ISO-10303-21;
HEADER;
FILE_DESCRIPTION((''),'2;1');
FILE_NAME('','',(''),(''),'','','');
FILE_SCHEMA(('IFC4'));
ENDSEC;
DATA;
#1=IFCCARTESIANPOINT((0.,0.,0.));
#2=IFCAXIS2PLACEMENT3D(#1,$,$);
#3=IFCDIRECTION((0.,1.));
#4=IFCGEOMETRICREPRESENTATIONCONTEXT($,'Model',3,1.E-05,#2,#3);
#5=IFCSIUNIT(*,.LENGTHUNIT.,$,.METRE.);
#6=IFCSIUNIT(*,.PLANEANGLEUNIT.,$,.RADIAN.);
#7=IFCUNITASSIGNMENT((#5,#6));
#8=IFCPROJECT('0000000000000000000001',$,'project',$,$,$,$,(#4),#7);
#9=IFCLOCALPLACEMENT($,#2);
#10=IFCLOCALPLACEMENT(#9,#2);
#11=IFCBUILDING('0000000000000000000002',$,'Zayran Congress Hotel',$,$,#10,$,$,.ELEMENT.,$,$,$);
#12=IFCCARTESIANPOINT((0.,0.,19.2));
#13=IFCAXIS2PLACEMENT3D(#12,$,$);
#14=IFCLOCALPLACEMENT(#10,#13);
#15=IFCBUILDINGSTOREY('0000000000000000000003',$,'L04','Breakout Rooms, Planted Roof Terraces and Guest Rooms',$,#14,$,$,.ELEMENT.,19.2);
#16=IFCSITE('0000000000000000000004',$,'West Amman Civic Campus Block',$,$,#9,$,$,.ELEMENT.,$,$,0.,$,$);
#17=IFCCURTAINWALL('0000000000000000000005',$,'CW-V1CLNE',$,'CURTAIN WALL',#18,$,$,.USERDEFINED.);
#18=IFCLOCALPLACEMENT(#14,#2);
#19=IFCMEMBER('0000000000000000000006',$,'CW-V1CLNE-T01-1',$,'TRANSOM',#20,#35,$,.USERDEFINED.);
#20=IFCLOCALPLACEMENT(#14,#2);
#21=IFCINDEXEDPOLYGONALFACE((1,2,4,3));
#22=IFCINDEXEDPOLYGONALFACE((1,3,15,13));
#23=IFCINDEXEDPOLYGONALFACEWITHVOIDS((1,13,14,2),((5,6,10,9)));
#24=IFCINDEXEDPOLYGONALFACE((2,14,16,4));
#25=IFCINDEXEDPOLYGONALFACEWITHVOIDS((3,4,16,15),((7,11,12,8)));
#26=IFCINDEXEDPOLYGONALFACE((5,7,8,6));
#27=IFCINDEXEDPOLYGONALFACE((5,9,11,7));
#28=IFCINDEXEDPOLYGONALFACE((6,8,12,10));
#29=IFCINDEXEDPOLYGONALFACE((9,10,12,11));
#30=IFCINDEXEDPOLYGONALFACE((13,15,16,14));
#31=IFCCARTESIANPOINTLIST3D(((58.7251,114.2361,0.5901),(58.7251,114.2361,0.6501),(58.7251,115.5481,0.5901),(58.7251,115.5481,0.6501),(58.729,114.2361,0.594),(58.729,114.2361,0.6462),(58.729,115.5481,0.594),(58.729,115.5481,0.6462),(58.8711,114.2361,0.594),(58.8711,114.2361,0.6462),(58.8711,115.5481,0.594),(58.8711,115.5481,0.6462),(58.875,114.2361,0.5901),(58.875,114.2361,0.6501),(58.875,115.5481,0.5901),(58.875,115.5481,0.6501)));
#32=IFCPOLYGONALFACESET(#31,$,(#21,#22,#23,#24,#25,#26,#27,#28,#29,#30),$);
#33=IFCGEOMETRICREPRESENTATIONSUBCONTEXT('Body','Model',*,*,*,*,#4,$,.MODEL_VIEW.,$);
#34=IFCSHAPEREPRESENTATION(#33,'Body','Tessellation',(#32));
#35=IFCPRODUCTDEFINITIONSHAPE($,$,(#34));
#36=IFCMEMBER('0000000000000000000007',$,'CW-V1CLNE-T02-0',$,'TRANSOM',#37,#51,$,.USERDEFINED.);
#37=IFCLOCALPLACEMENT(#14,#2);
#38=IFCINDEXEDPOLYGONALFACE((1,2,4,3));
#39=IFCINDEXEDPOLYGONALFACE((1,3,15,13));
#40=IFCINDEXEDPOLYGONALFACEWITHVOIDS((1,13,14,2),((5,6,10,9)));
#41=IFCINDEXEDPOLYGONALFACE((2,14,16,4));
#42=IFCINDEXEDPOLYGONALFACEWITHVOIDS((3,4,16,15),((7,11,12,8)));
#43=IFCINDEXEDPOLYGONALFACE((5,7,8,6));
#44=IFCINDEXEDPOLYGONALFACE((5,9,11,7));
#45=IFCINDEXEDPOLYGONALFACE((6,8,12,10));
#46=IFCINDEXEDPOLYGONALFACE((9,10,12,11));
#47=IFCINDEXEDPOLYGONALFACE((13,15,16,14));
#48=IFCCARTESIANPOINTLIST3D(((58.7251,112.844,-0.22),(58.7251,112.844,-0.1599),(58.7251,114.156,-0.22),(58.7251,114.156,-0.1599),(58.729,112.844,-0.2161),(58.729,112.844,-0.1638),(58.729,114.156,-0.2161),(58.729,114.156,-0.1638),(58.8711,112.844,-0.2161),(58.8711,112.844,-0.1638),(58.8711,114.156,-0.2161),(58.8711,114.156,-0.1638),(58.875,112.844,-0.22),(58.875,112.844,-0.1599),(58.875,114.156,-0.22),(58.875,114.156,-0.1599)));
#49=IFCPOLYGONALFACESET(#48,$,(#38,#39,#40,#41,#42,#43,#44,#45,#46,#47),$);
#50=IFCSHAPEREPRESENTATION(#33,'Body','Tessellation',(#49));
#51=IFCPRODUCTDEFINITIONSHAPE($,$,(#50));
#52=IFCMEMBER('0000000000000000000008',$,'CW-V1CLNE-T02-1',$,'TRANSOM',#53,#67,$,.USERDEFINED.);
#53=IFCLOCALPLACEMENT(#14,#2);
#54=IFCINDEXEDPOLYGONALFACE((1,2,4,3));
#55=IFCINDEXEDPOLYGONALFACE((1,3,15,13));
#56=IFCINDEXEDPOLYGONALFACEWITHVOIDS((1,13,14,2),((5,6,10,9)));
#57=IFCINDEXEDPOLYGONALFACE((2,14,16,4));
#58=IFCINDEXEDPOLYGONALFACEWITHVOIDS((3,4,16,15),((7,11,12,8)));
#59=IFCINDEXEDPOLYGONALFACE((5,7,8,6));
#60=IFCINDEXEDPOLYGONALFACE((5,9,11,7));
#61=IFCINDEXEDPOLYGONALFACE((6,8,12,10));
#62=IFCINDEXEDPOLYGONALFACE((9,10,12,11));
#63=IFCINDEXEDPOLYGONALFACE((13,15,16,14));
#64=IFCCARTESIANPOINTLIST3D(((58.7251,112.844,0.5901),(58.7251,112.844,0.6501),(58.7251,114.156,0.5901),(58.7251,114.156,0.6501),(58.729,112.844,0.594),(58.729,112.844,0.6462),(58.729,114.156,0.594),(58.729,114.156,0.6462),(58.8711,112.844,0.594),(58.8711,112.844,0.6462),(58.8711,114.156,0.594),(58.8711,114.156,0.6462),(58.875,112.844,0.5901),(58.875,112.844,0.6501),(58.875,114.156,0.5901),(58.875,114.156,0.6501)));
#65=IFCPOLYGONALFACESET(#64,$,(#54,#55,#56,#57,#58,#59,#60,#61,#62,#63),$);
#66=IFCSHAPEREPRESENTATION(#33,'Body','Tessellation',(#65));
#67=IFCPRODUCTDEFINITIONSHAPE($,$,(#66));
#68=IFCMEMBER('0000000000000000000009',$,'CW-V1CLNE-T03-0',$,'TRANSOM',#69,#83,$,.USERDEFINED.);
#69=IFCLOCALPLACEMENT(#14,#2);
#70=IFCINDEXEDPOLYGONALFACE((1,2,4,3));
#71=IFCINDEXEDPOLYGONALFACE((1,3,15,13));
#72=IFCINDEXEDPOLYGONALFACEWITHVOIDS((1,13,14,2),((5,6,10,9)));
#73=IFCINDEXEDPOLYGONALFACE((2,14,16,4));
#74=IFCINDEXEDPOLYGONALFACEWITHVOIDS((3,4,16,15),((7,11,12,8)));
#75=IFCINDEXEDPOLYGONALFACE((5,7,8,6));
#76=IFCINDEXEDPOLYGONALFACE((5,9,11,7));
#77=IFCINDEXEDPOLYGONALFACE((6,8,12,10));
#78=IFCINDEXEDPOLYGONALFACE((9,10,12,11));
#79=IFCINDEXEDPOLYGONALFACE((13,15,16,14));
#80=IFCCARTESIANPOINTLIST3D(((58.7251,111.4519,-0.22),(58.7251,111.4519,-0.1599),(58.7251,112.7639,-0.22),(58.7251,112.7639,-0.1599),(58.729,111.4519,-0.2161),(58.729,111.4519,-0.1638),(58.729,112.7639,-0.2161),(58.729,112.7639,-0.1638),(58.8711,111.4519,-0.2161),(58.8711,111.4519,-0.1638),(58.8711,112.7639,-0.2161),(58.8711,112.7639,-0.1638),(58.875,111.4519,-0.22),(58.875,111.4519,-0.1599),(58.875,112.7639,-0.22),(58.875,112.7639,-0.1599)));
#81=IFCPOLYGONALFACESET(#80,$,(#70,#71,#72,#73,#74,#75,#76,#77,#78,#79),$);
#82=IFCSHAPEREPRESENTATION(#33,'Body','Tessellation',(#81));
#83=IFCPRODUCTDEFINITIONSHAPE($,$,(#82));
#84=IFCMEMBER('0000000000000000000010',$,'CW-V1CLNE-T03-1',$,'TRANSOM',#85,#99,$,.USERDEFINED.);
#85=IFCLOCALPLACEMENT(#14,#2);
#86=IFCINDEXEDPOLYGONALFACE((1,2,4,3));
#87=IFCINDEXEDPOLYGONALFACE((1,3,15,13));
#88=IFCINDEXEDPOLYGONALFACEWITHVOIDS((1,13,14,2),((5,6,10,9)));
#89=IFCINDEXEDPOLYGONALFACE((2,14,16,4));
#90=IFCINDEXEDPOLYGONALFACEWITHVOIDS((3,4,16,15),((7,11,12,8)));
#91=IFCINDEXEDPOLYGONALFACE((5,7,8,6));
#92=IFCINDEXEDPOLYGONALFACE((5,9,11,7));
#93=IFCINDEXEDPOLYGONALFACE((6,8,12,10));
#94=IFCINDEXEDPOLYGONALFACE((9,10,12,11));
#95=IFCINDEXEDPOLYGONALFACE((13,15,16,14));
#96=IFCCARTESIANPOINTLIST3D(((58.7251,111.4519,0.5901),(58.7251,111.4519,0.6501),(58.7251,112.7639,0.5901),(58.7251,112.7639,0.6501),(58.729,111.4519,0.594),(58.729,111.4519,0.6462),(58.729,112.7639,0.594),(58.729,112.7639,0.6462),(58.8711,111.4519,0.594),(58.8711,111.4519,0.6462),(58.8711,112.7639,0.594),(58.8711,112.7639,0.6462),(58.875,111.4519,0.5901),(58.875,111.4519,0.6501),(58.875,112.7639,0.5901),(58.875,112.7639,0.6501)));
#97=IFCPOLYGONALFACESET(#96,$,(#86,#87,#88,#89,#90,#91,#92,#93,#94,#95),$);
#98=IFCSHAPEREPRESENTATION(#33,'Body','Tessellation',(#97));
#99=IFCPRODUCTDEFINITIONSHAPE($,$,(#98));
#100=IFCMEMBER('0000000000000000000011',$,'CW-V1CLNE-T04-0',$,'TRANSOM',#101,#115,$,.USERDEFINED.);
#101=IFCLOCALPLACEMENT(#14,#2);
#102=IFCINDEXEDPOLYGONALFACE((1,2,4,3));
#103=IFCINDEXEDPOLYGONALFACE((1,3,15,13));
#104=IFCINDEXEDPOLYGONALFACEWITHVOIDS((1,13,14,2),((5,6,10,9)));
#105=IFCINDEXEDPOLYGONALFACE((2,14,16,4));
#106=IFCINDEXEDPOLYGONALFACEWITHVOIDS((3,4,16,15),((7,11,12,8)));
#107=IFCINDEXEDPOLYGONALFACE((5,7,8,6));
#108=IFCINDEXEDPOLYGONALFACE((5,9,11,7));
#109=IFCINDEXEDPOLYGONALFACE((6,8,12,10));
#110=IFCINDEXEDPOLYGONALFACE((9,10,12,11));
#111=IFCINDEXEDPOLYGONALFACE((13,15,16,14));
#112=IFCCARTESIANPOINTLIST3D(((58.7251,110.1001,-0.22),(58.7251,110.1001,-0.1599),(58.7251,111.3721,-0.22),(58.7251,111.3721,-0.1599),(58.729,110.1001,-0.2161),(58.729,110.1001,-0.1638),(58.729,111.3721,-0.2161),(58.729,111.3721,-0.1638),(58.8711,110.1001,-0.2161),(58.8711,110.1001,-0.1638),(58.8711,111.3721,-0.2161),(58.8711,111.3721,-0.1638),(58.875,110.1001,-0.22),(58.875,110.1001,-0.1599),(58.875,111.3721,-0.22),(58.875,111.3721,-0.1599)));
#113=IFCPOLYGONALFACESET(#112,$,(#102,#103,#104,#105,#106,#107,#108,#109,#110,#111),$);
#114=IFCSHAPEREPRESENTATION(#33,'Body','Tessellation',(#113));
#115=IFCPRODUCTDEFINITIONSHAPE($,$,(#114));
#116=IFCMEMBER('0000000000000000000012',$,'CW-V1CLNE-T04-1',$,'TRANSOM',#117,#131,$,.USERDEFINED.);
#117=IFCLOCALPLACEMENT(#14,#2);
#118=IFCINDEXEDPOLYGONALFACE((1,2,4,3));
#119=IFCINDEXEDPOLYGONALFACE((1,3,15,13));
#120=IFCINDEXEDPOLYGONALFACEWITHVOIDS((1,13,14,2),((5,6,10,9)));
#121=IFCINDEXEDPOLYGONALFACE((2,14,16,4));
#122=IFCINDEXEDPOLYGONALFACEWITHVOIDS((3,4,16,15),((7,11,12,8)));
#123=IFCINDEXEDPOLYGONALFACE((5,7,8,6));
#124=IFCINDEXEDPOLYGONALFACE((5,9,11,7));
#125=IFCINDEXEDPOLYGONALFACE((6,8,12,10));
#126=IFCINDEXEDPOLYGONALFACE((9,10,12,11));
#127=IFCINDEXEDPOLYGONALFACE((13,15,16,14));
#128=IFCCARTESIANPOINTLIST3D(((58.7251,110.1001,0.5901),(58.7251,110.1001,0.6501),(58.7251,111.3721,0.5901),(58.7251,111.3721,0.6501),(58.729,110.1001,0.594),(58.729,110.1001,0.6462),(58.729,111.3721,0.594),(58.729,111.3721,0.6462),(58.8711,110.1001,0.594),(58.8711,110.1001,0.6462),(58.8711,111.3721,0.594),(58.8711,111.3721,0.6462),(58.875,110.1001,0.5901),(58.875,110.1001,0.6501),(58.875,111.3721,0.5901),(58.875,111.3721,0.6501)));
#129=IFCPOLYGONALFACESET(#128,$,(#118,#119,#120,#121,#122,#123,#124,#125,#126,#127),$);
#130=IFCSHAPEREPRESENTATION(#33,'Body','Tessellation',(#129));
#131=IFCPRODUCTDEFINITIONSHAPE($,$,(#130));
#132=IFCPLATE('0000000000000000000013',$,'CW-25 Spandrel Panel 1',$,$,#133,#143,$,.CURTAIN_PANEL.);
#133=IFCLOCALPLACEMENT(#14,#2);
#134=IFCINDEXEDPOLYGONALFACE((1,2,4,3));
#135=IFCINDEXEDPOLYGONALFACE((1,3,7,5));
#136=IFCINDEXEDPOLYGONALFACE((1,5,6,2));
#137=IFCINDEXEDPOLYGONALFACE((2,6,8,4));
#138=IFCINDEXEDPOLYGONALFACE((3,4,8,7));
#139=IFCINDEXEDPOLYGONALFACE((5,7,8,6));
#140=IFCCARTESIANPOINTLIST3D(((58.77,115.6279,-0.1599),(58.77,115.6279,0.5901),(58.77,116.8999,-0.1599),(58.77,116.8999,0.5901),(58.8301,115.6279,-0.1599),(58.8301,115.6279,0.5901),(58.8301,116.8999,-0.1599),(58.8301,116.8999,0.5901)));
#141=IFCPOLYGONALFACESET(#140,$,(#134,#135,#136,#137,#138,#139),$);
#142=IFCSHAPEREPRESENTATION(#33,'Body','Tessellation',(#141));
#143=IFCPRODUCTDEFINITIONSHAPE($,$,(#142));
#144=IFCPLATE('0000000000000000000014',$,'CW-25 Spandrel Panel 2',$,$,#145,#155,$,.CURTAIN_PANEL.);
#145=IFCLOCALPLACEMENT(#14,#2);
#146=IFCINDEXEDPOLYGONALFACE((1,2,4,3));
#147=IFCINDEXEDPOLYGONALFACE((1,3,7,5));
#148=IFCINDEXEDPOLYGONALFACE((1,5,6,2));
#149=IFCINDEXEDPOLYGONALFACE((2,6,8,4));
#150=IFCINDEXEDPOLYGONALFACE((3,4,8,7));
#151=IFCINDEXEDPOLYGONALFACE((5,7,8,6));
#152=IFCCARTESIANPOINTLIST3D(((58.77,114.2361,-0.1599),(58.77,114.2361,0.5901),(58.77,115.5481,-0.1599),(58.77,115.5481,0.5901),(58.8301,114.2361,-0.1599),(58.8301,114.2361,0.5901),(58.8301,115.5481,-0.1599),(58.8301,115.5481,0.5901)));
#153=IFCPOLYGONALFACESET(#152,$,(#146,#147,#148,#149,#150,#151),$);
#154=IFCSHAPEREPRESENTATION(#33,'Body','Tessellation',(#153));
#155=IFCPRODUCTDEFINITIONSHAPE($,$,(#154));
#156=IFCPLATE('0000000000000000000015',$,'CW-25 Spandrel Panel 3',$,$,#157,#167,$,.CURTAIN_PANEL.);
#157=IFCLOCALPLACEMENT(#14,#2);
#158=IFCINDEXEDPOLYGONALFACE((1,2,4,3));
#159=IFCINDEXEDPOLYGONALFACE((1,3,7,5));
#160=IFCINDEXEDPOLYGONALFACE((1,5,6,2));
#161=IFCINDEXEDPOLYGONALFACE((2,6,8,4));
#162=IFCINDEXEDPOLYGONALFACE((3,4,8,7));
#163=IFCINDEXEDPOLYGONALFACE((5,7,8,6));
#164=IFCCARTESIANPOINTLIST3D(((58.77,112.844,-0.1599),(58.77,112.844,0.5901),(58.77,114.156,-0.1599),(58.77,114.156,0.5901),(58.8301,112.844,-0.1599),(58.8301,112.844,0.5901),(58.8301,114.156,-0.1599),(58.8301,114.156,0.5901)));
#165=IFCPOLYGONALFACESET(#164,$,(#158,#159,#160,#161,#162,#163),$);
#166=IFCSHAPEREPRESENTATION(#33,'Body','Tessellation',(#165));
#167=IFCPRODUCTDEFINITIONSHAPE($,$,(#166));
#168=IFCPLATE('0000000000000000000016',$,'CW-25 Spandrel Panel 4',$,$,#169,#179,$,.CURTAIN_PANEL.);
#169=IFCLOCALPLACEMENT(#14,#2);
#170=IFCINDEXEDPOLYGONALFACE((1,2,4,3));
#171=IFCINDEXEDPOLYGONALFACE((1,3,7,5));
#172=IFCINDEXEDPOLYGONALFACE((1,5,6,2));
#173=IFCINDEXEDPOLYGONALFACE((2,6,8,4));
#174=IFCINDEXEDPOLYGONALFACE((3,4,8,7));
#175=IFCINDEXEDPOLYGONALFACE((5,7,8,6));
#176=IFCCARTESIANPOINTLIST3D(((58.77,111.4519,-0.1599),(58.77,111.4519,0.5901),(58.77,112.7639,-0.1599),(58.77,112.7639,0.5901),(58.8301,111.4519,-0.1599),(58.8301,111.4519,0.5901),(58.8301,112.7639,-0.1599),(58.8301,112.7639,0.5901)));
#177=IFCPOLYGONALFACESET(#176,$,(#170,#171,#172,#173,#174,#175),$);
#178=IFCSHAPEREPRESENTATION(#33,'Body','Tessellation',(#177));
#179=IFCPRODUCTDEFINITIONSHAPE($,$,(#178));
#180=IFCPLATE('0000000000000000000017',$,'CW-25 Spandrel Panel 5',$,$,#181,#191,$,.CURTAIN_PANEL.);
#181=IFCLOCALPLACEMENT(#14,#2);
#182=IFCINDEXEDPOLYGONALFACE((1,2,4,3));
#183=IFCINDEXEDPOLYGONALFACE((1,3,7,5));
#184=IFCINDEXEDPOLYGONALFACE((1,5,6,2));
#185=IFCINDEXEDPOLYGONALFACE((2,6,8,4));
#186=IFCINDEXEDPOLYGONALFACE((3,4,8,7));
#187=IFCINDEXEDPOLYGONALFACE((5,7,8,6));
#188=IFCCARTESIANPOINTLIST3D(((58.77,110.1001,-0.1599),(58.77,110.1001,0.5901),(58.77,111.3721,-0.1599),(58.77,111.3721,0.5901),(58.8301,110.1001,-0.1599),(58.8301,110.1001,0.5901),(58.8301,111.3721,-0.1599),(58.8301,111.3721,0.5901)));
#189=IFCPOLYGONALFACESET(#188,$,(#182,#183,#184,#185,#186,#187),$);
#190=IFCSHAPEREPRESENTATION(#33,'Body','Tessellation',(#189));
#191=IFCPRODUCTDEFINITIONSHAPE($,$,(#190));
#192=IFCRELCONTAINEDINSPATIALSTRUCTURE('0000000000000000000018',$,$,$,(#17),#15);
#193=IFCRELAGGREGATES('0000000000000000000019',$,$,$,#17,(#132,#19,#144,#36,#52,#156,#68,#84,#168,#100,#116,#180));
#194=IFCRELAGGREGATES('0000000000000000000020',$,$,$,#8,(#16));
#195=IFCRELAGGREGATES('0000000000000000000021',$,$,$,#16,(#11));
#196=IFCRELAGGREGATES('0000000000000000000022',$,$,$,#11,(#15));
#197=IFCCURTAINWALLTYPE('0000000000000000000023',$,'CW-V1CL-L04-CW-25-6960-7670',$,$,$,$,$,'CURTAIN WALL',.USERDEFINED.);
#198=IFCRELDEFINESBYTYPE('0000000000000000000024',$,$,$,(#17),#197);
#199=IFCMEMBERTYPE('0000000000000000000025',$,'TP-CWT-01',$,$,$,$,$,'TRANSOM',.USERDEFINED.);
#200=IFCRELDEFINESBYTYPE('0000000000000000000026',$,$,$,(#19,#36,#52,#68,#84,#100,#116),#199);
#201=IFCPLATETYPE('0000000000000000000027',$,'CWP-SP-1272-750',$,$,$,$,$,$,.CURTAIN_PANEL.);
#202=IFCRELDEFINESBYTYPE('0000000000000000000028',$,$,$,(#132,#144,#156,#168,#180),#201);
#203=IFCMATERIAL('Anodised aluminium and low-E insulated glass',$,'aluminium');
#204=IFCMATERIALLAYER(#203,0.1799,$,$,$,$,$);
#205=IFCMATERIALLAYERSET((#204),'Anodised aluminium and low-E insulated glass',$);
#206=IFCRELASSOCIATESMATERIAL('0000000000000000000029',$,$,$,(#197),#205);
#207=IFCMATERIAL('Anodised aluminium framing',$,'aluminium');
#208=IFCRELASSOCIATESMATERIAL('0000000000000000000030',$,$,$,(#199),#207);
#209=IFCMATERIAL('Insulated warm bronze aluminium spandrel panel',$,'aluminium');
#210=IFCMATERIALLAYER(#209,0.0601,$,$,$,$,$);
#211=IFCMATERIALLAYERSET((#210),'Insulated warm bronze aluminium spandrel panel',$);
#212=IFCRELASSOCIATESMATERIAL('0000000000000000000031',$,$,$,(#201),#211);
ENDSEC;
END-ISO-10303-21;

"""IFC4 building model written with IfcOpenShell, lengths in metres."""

from ifc_helpers import new_model, si_unit, direction, frame, origin, origin_2d, place, context, subcontext, project, spatial, rectangle, hollow_rectangle, extrude, material, layer, layer_set, material_profile, profile_set, type_object, element, aggregate, save


model = new_model("IFC4")

# Units and contexts
model_context = context("Model", 3, precision=1e-05, world=origin(), true_north=direction((0.0, 1.0)))
body_context = subcontext(model_context, "Body", "Model", "MODEL_VIEW")
ifc_project = project(units=[si_unit("LENGTHUNIT", "METRE"), si_unit("PLANEANGLEUNIT", "RADIAN")], contexts=[model_context])

# Site, building, storey
site_placement = place(None, origin())
site = spatial("IfcSite", under=ifc_project, at=site_placement, Name="West Amman Civic Campus Block", CompositionType="ELEMENT", RefElevation=0.0)
building_placement = place(site_placement, origin())
building = spatial("IfcBuilding", under=site, at=building_placement, Name="Zayran Congress Hotel", CompositionType="ELEMENT")
storey_placement = place(building_placement, frame((0.0, 0.0, 19.2)))
storey = spatial("IfcBuildingStorey", under=building, at=storey_placement, Name="L04", Description="Breakout Rooms, Planted Roof Terraces and Guest Rooms", CompositionType="ELEMENT", Elevation=19.2)

# Curtain wall, members, plates
ifc_material_1 = material(Name="Anodised aluminium and low-E insulated glass", Category="aluminium")
ifc_layer_1 = layer(ifc_material_1, 0.1799)
ifc_layer_set_1 = layer_set([ifc_layer_1], Name="Anodised aluminium and low-E insulated glass")
curtain_wall_type = type_object("IfcCurtainWallType", Name="CW-V1CL-L04-CW-25-6960-7670", ElementType="CURTAIN WALL", PredefinedType="USERDEFINED", material=ifc_layer_set_1)
curtain_wall_placement = place(storey_placement, origin())
curtain_wall = element("IfcCurtainWall", 1, at=curtain_wall_placement, inside=storey, type_object=curtain_wall_type, Name="CW-V1CLNE", ObjectType="CURTAIN WALL", PredefinedType="USERDEFINED")
ifc_material_2 = material(Name="Anodised aluminium framing", Category="aluminium")
ifc_material_profile_1 = material_profile(ifc_material_2, hollow_rectangle(XDim=0.0601, YDim=0.1499, WallThickness=0.0039, at=origin_2d()), Name="RHS 150x60x4")
ifc_profile_set_1 = profile_set([ifc_material_profile_1], Name="Anodised aluminium framing")
member_type_1 = type_object("IfcMemberType", Name="TP-CWT-01", ElementType="TRANSOM", PredefinedType="USERDEFINED", material=ifc_profile_set_1)
member_1_placement = place(storey_placement, frame((58.8, 115.5481, 0.6201), z_axis=(0.0, -1.0, 0.0), x_axis=(0.0, 0.0, 1.0)))
member_1 = element("IfcMember", 2, at=member_1_placement, type_object=member_type_1, Name="CW-V1CLNE-T01-1", ObjectType="TRANSOM", PredefinedType="USERDEFINED", context=body_context, shape_type="SweptSolid", body=[
    extrude(hollow_rectangle(XDim=0.0601, YDim=0.1499, WallThickness=0.0039, at=origin_2d()), origin(), (0.0, 0.0, 1.0), 1.312),
])
member_2_placement = place(storey_placement, frame((58.8, 114.156, -0.1899), z_axis=(0.0, -1.0, 0.0), x_axis=(0.0, 0.0, 1.0)))
member_2 = element("IfcMember", 3, at=member_2_placement, type_object=member_type_1, Name="CW-V1CLNE-T02-0", ObjectType="TRANSOM", PredefinedType="USERDEFINED", context=body_context, shape_type="SweptSolid", body=[
    extrude(hollow_rectangle(XDim=0.0601, YDim=0.1499, WallThickness=0.0039, at=origin_2d()), origin(), (0.0, 0.0, 1.0), 1.312),
])
member_3_placement = place(storey_placement, frame((58.8, 114.156, 0.6201), z_axis=(0.0, -1.0, 0.0), x_axis=(0.0, 0.0, 1.0)))
member_3 = element("IfcMember", 4, at=member_3_placement, type_object=member_type_1, Name="CW-V1CLNE-T02-1", ObjectType="TRANSOM", PredefinedType="USERDEFINED", context=body_context, shape_type="SweptSolid", body=[
    extrude(hollow_rectangle(XDim=0.0601, YDim=0.1499, WallThickness=0.0039, at=origin_2d()), origin(), (0.0, 0.0, 1.0), 1.312),
])
member_4_placement = place(storey_placement, frame((58.8, 112.7639, -0.1899), z_axis=(0.0, -1.0, 0.0), x_axis=(0.0, 0.0, 1.0)))
member_4 = element("IfcMember", 5, at=member_4_placement, type_object=member_type_1, Name="CW-V1CLNE-T03-0", ObjectType="TRANSOM", PredefinedType="USERDEFINED", context=body_context, shape_type="SweptSolid", body=[
    extrude(hollow_rectangle(XDim=0.0601, YDim=0.1499, WallThickness=0.0039, at=origin_2d()), origin(), (0.0, 0.0, 1.0), 1.312),
])
member_5_placement = place(storey_placement, frame((58.8, 112.7639, 0.6201), z_axis=(0.0, -1.0, 0.0), x_axis=(0.0, 0.0, 1.0)))
member_5 = element("IfcMember", 6, at=member_5_placement, type_object=member_type_1, Name="CW-V1CLNE-T03-1", ObjectType="TRANSOM", PredefinedType="USERDEFINED", context=body_context, shape_type="SweptSolid", body=[
    extrude(hollow_rectangle(XDim=0.0601, YDim=0.1499, WallThickness=0.0039, at=origin_2d()), origin(), (0.0, 0.0, 1.0), 1.312),
])
member_6_placement = place(storey_placement, frame((58.8, 111.3721, -0.1899), z_axis=(0.0, -1.0, 0.0), x_axis=(0.0, 0.0, 1.0)))
member_6 = element("IfcMember", 7, at=member_6_placement, type_object=member_type_1, Name="CW-V1CLNE-T04-0", ObjectType="TRANSOM", PredefinedType="USERDEFINED", context=body_context, shape_type="SweptSolid", body=[
    extrude(hollow_rectangle(XDim=0.0601, YDim=0.1499, WallThickness=0.0039, at=origin_2d()), origin(), (0.0, 0.0, 1.0), 1.272),
])
member_7_placement = place(storey_placement, frame((58.8, 111.3721, 0.6201), z_axis=(0.0, -1.0, 0.0), x_axis=(0.0, 0.0, 1.0)))
member_7 = element("IfcMember", 8, at=member_7_placement, type_object=member_type_1, Name="CW-V1CLNE-T04-1", ObjectType="TRANSOM", PredefinedType="USERDEFINED", context=body_context, shape_type="SweptSolid", body=[
    extrude(hollow_rectangle(XDim=0.0601, YDim=0.1499, WallThickness=0.0039, at=origin_2d()), origin(), (0.0, 0.0, 1.0), 1.272),
])
ifc_material_3 = material(Name="Insulated warm bronze aluminium spandrel panel", Category="aluminium")
ifc_layer_2 = layer(ifc_material_3, 0.0601)
ifc_layer_set_2 = layer_set([ifc_layer_2], Name="Insulated warm bronze aluminium spandrel panel")
plate_type_1 = type_object("IfcPlateType", Name="CWP-SP-1272-750", PredefinedType="CURTAIN_PANEL", material=ifc_layer_set_2)
plate_1_placement = place(storey_placement, frame((58.8, 116.2639, -0.1599), z_axis=(0.0, 0.0, 1.0), x_axis=(0.0, 1.0, 0.0)))
plate_1 = element("IfcPlate", 9, at=plate_1_placement, type_object=plate_type_1, Name="CW-25 Spandrel Panel 1", PredefinedType="CURTAIN_PANEL", context=body_context, shape_type="SweptSolid", body=[
    extrude(rectangle(XDim=1.272, YDim=0.0601, at=origin_2d()), origin(), (0.0, 0.0, 1.0), 0.75),
])
plate_2_placement = place(storey_placement, frame((58.8, 114.8921, -0.1599), z_axis=(0.0, 0.0, 1.0), x_axis=(0.0, 1.0, 0.0)))
plate_2 = element("IfcPlate", 10, at=plate_2_placement, type_object=plate_type_1, Name="CW-25 Spandrel Panel 2", PredefinedType="CURTAIN_PANEL", context=body_context, shape_type="SweptSolid", body=[
    extrude(rectangle(XDim=1.312, YDim=0.0601, at=origin_2d()), origin(), (0.0, 0.0, 1.0), 0.75),
])
plate_3_placement = place(storey_placement, frame((58.8, 113.5, -0.1599), z_axis=(0.0, 0.0, 1.0), x_axis=(0.0, 1.0, 0.0)))
plate_3 = element("IfcPlate", 11, at=plate_3_placement, type_object=plate_type_1, Name="CW-25 Spandrel Panel 3", PredefinedType="CURTAIN_PANEL", context=body_context, shape_type="SweptSolid", body=[
    extrude(rectangle(XDim=1.312, YDim=0.0601, at=origin_2d()), origin(), (0.0, 0.0, 1.0), 0.75),
])
plate_4_placement = place(storey_placement, frame((58.8, 112.1079, -0.1599), z_axis=(0.0, 0.0, 1.0), x_axis=(0.0, 1.0, 0.0)))
plate_4 = element("IfcPlate", 12, at=plate_4_placement, type_object=plate_type_1, Name="CW-25 Spandrel Panel 4", PredefinedType="CURTAIN_PANEL", context=body_context, shape_type="SweptSolid", body=[
    extrude(rectangle(XDim=1.312, YDim=0.0601, at=origin_2d()), origin(), (0.0, 0.0, 1.0), 0.75),
])
plate_5_placement = place(storey_placement, frame((58.8, 110.7361, -0.1599), z_axis=(0.0, 0.0, 1.0), x_axis=(0.0, 1.0, 0.0)))
plate_5 = element("IfcPlate", 13, at=plate_5_placement, type_object=plate_type_1, Name="CW-25 Spandrel Panel 5", PredefinedType="CURTAIN_PANEL", context=body_context, shape_type="SweptSolid", body=[
    extrude(rectangle(XDim=1.272, YDim=0.0601, at=origin_2d()), origin(), (0.0, 0.0, 1.0), 0.75),
])
aggregate(curtain_wall, [plate_1, member_1, plate_2, member_2, member_3, plate_3, member_4, member_5, plate_4, member_6, member_7, plate_5])

save(model, "model.ifc")
